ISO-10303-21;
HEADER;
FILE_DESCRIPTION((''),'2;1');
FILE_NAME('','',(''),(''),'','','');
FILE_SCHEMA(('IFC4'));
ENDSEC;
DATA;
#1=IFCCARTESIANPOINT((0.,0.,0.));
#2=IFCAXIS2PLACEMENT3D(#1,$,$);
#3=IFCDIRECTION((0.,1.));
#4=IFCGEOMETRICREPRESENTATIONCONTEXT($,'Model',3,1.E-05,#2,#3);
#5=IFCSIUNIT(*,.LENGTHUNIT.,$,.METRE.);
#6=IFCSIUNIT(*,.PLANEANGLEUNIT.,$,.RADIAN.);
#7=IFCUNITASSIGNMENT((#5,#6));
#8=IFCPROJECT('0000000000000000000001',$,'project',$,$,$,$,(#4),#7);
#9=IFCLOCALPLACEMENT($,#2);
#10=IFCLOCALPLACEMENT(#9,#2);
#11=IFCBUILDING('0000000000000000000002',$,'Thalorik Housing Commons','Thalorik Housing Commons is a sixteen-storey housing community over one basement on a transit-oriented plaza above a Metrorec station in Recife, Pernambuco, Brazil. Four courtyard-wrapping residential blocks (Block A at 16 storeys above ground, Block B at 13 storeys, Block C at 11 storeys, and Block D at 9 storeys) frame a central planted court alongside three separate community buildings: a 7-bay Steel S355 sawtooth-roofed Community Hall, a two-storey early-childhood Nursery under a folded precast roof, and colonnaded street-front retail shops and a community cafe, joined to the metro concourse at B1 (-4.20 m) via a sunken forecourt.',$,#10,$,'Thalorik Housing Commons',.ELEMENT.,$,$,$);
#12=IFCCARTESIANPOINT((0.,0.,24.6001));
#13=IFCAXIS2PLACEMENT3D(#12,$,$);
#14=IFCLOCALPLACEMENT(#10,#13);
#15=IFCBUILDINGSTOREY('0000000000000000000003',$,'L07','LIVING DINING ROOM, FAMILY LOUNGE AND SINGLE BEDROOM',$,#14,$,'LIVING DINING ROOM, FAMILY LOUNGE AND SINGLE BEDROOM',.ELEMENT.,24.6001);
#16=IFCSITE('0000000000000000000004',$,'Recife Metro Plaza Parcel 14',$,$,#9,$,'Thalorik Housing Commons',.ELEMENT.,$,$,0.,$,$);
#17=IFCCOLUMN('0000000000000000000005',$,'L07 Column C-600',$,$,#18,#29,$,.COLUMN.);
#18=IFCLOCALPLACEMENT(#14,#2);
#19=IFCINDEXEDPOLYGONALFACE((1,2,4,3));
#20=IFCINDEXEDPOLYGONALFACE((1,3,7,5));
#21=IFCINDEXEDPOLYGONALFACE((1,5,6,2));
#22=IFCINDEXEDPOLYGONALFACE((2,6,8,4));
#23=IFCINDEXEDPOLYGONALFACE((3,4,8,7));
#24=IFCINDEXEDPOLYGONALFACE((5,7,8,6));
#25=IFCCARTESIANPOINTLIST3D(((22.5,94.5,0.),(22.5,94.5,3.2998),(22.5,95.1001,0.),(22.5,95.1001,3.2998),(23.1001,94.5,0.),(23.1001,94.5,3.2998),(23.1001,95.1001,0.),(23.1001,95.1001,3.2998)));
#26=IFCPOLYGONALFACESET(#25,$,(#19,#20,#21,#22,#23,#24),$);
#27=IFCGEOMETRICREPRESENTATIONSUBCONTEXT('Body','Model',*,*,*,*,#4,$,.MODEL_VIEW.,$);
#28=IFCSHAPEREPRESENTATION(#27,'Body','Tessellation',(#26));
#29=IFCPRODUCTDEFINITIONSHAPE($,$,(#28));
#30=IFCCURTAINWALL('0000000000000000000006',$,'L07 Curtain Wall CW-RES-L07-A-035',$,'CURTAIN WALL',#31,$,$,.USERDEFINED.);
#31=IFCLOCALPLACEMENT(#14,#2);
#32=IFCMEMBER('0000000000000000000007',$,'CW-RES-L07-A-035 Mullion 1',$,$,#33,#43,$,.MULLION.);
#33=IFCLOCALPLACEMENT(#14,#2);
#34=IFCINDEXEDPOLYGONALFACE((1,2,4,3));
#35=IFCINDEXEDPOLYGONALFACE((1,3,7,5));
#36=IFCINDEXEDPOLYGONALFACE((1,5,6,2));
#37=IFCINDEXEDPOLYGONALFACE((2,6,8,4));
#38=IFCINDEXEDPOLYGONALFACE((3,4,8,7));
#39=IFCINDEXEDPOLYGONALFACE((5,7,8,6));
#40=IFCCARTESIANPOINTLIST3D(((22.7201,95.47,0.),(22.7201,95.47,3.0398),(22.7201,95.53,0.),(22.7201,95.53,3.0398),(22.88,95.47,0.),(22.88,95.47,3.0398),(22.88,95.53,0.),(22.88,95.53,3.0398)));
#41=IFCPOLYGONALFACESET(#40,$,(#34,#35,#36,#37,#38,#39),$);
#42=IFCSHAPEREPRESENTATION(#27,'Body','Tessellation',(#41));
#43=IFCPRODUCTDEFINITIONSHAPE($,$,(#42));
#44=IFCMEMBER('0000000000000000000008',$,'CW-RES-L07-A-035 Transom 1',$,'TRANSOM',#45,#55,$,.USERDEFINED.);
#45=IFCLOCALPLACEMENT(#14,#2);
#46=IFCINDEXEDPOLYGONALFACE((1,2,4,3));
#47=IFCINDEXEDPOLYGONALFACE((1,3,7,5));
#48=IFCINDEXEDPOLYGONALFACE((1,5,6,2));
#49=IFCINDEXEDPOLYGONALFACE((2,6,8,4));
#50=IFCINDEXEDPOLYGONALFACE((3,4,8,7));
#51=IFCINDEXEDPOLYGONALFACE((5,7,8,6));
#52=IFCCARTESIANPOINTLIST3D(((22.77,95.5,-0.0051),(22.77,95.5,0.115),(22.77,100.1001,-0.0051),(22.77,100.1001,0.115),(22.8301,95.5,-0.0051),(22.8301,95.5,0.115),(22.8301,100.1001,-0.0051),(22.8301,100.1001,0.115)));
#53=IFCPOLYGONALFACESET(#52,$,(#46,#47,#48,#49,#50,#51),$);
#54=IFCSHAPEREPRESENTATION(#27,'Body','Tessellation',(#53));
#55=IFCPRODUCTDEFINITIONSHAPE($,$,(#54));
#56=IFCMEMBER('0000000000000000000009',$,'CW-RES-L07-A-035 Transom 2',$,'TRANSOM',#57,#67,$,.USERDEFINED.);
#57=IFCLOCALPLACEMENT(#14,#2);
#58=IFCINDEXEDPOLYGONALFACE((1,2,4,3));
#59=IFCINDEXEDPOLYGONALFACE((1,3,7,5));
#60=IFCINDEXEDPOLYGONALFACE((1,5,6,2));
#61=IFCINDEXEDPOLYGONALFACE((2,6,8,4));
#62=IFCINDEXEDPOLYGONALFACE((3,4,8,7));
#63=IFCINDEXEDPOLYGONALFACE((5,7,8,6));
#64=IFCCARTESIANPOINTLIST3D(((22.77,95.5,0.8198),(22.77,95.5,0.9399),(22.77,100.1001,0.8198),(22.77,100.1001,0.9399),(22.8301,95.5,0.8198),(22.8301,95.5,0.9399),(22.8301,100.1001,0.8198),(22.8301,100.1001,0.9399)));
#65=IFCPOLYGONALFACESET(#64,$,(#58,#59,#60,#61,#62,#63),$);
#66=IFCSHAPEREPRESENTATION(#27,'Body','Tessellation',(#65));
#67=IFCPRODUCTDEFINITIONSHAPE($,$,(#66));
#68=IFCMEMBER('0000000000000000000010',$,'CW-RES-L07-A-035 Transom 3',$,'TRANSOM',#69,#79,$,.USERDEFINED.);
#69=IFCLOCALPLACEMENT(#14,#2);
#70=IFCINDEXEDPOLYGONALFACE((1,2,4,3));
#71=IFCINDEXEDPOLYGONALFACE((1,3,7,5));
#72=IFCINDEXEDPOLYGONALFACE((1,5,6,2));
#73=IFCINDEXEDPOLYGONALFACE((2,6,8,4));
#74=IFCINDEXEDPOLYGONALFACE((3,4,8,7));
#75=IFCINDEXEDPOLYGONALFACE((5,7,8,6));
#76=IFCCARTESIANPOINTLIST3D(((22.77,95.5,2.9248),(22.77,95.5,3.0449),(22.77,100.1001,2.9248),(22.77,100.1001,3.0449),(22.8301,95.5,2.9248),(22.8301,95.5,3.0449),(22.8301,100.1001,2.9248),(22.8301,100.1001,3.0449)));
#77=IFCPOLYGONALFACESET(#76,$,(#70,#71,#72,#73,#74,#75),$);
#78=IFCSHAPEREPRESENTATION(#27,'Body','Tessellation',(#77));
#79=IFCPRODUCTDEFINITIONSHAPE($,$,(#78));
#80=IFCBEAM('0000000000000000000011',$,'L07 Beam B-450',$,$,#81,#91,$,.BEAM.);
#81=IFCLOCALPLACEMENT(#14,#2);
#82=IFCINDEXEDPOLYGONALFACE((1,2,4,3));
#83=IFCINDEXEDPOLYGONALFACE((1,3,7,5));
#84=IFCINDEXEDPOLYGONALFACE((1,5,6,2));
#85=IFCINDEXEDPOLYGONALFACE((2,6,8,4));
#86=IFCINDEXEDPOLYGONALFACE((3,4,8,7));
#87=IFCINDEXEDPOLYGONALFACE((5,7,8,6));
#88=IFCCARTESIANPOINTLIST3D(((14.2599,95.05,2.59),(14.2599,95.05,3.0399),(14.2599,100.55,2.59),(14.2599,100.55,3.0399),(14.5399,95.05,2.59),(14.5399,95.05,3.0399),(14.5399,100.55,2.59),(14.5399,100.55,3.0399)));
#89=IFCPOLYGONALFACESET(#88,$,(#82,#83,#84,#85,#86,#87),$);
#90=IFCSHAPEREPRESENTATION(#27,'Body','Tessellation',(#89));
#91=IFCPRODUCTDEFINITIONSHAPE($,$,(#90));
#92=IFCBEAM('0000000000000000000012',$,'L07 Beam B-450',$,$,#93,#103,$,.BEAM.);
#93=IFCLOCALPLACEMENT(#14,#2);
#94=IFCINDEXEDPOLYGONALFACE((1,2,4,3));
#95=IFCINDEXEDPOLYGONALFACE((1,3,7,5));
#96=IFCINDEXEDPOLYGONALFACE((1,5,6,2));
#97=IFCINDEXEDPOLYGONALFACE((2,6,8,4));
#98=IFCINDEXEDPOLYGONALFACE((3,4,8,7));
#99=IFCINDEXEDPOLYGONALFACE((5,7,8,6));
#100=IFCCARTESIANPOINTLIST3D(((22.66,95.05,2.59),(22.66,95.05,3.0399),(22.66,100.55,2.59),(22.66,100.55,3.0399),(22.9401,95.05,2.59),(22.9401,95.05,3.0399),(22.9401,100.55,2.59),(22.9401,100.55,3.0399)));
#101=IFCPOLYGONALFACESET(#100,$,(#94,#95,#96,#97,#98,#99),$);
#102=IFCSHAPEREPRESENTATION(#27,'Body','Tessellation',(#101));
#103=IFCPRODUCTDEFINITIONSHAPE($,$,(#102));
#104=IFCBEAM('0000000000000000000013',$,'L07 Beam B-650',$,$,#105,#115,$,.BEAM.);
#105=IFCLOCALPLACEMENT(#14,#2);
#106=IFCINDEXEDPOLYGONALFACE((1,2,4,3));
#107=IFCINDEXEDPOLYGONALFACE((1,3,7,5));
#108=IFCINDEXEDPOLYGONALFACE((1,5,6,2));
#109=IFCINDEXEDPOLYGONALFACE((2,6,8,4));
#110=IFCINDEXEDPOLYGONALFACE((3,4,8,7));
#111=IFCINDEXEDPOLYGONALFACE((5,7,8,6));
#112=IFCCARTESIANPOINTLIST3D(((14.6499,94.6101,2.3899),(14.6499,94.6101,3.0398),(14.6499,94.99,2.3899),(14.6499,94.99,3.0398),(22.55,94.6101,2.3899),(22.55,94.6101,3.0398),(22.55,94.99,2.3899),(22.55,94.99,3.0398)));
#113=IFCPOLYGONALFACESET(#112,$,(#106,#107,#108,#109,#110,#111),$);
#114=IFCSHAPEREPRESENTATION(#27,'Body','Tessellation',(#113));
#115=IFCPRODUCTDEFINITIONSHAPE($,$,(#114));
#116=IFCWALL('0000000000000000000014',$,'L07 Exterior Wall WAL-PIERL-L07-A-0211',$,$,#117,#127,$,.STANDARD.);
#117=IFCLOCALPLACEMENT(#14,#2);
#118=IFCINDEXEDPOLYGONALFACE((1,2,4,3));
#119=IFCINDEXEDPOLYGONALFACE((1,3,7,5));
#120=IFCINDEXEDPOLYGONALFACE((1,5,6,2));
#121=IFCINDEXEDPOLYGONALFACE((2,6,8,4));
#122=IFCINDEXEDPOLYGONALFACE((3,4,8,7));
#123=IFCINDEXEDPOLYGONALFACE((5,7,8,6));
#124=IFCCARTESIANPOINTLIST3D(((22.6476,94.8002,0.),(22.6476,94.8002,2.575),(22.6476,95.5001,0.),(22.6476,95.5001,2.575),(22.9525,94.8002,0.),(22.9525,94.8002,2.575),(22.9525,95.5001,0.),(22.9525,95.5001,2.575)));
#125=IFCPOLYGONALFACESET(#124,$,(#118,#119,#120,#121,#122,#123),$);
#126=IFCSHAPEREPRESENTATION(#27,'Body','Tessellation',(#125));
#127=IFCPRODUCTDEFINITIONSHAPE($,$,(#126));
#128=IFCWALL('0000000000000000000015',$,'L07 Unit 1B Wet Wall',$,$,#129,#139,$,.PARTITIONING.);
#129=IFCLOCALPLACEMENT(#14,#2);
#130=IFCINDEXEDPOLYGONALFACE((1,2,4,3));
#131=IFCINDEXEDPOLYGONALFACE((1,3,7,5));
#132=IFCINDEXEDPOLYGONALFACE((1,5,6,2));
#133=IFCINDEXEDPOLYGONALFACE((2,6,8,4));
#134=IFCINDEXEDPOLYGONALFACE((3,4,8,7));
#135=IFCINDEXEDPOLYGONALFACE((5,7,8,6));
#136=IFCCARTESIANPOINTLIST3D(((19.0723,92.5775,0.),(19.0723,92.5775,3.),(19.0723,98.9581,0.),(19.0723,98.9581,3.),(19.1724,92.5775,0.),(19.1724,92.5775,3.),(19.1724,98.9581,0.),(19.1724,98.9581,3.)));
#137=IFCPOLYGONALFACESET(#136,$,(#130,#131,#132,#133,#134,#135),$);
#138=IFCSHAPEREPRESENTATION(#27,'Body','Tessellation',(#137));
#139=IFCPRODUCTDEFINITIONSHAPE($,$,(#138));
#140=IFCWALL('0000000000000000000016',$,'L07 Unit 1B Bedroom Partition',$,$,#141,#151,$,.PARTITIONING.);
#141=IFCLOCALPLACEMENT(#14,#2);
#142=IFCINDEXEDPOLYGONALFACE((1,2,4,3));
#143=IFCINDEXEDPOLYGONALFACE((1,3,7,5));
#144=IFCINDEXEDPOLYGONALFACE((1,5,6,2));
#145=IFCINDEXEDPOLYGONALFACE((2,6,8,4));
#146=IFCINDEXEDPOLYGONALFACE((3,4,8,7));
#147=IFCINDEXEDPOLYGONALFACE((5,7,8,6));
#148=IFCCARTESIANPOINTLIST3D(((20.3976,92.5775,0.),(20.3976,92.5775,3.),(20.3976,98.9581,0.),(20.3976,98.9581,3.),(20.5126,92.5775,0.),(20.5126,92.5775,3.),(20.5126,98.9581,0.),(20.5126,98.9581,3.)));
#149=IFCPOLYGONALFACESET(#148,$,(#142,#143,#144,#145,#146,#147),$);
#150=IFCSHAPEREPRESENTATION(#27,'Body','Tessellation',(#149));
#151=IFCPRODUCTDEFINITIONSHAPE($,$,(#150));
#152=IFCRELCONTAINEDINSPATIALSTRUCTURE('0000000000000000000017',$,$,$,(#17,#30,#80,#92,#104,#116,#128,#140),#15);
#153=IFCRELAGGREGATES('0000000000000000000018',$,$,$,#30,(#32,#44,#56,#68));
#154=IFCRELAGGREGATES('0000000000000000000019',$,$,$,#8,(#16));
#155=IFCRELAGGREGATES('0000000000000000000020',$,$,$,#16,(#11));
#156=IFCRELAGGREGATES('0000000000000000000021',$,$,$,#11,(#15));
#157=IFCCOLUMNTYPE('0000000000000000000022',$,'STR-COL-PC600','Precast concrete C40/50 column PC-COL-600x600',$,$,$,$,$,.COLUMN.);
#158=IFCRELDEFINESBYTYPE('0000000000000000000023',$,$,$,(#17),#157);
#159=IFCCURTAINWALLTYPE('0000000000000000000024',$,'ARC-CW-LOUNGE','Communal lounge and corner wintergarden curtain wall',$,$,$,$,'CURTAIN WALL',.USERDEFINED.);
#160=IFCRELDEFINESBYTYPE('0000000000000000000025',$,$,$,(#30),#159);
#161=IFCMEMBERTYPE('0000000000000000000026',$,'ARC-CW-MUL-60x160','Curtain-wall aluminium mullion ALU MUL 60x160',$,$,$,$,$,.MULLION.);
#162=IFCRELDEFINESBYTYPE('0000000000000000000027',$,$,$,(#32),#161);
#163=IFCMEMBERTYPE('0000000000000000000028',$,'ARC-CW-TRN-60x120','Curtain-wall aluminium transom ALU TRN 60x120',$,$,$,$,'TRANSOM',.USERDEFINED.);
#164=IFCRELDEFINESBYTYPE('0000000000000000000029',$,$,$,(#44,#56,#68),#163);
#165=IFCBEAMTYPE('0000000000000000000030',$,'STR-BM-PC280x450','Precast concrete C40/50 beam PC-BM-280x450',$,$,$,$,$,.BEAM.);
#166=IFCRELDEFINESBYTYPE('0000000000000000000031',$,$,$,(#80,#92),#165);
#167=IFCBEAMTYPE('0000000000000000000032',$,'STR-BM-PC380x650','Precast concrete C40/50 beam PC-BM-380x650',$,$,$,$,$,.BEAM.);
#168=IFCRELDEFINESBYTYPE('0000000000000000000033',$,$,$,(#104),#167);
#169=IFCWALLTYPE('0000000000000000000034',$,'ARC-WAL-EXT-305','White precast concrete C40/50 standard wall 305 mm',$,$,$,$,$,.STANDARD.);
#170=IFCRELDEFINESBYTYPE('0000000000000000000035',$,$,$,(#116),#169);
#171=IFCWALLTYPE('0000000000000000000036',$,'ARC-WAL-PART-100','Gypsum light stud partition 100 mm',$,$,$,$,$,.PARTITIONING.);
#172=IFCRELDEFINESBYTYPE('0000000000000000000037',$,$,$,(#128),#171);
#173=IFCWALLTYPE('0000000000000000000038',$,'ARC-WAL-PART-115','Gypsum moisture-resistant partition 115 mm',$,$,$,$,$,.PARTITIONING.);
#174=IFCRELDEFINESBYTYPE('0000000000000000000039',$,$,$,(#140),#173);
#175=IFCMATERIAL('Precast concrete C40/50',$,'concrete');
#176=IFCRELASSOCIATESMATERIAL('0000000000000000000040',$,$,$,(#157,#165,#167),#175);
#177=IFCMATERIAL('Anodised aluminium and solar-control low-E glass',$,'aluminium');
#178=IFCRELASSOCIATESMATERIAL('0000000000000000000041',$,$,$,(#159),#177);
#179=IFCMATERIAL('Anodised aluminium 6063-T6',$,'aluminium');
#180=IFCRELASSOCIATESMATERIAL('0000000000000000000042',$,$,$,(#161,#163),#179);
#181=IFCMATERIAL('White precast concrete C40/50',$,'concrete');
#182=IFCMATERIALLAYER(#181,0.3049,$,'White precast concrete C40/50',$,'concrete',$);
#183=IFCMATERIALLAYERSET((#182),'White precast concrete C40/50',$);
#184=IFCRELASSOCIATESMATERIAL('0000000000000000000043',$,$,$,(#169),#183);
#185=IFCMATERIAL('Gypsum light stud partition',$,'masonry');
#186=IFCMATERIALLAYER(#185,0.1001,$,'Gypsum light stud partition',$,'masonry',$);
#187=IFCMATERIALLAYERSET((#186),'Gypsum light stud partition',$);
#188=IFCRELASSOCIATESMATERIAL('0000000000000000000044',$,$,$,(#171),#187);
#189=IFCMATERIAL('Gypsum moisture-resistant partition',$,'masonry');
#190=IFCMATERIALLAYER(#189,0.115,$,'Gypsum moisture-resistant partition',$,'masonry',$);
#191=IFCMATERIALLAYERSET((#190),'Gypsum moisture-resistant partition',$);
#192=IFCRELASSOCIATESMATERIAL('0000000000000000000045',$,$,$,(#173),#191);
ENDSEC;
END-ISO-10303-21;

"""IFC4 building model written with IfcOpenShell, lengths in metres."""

from ifc_helpers import new_model, si_unit, direction, frame, frame_2d, origin, origin_2d, place, context, subcontext, project, spatial, rectangle, extrude, material, layer, layer_set, material_profile, profile_set, type_object, element, aggregate, save


model = new_model("IFC4")

# Units and contexts
model_context = context("Model", 3, precision=1e-05, world=origin(), true_north=direction((0.0, 1.0)))
body_context = subcontext(model_context, "Body", "Model", "MODEL_VIEW")
ifc_project = project(units=[si_unit("LENGTHUNIT", "METRE"), si_unit("PLANEANGLEUNIT", "RADIAN")], contexts=[model_context])

# Site, building, storey
site_placement = place(None, origin())
site = spatial("IfcSite", under=ifc_project, at=site_placement, Name="Recife Metro Plaza Parcel 14", LongName="Thalorik Housing Commons", CompositionType="ELEMENT", RefElevation=0.0)
building_placement = place(site_placement, origin())
building = spatial("IfcBuilding", under=site, at=building_placement, Name="Thalorik Housing Commons", Description="Thalorik Housing Commons is a sixteen-storey housing community over one basement on a transit-oriented plaza above a Metrorec station in Recife, Pernambuco, Brazil. Four courtyard-wrapping residential blocks (Block A at 16 storeys above ground, Block B at 13 storeys, Block C at 11 storeys, and Block D at 9 storeys) frame a central planted court alongside three separate community buildings: a 7-bay Steel S355 sawtooth-roofed Community Hall, a two-storey early-childhood Nursery under a folded precast roof, and colonnaded street-front retail shops and a community cafe, joined to the metro concourse at B1 (-4.20 m) via a sunken forecourt.", LongName="Thalorik Housing Commons", CompositionType="ELEMENT")
storey_placement = place(building_placement, frame((0.0, 0.0, 24.6001)))
storey = spatial("IfcBuildingStorey", under=building, at=storey_placement, Name="L07", Description="LIVING DINING ROOM, FAMILY LOUNGE AND SINGLE BEDROOM", LongName="LIVING DINING ROOM, FAMILY LOUNGE AND SINGLE BEDROOM", CompositionType="ELEMENT", Elevation=24.6001)

# Column
ifc_material_1 = material(Name="Precast concrete C40/50", Category="concrete")
ifc_material_profile_1 = material_profile(ifc_material_1, rectangle(XDim=0.6001, YDim=0.6001, at=origin_2d()), Name="PC 600x600", Category="concrete")
ifc_profile_set_1 = profile_set([ifc_material_profile_1], Name="Precast concrete C40/50")
column_type = type_object("IfcColumnType", Name="STR-COL-PC600", Description="Precast concrete C40/50 column PC-COL-600x600", PredefinedType="COLUMN", material=ifc_profile_set_1)
column_placement = place(storey_placement, frame((22.8, 94.8, 0.0), z_axis=(0.0, 0.0, 1.0), x_axis=(1.0, 0.0, 0.0)))
element("IfcColumn", 1, at=column_placement, inside=storey, type_object=column_type, Name="L07 Column C-600", PredefinedType="COLUMN", context=body_context, shape_type="SweptSolid", body=[
    extrude(rectangle(XDim=0.6001, YDim=0.6001, at=origin_2d()), origin(), (0.0, 0.0, 1.0), 3.2998),
])

# Curtain wall, members
ifc_material_2 = material(Name="Anodised aluminium and solar-control low-E glass", Category="aluminium")
curtain_wall_type = type_object("IfcCurtainWallType", Name="ARC-CW-LOUNGE", Description="Communal lounge and corner wintergarden curtain wall", ElementType="CURTAIN WALL", PredefinedType="USERDEFINED", material=ifc_material_2)
curtain_wall_placement = place(storey_placement, origin())
curtain_wall = element("IfcCurtainWall", 2, at=curtain_wall_placement, inside=storey, type_object=curtain_wall_type, Name="L07 Curtain Wall CW-RES-L07-A-035", ObjectType="CURTAIN WALL", PredefinedType="USERDEFINED")
ifc_material_3 = material(Name="Anodised aluminium 6063-T6", Category="aluminium")
ifc_material_profile_2 = material_profile(ifc_material_3, rectangle(XDim=0.0601, YDim=0.1599, at=origin_2d()), Name="ALU MUL 60x160", Category="aluminium")
ifc_profile_set_2 = profile_set([ifc_material_profile_2], Name="Anodised aluminium 6063-T6")
member_type_1 = type_object("IfcMemberType", Name="ARC-CW-MUL-60x160", Description="Curtain-wall aluminium mullion ALU MUL 60x160", PredefinedType="MULLION", material=ifc_profile_set_2)
member_1_placement = place(storey_placement, frame((22.8, 95.5, 0.0), z_axis=(0.0, 0.0, 1.0), x_axis=(0.0, 1.0, 0.0)))
member_1 = element("IfcMember", 3, at=member_1_placement, type_object=member_type_1, Name="CW-RES-L07-A-035 Mullion 1", PredefinedType="MULLION", context=body_context, shape_type="SweptSolid", body=[
    extrude(rectangle(XDim=0.0601, YDim=0.1599, at=origin_2d()), origin(), (0.0, 0.0, 1.0), 3.0398),
])
ifc_material_profile_3 = material_profile(ifc_material_3, rectangle(XDim=0.0601, YDim=0.1201, at=origin_2d()), Name="ALU TRN 60x120", Category="aluminium")
ifc_profile_set_3 = profile_set([ifc_material_profile_3], Name="Anodised aluminium 6063-T6")
member_type_2 = type_object("IfcMemberType", Name="ARC-CW-TRN-60x120", Description="Curtain-wall aluminium transom ALU TRN 60x120", ElementType="TRANSOM", PredefinedType="USERDEFINED", material=ifc_profile_set_3)
member_2_placement = place(storey_placement, frame((22.8, 95.5, 0.0549), z_axis=(0.0, 1.0, 0.0), x_axis=(-1.0, 0.0, 0.0)))
member_2 = element("IfcMember", 4, at=member_2_placement, type_object=member_type_2, Name="CW-RES-L07-A-035 Transom 1", ObjectType="TRANSOM", PredefinedType="USERDEFINED", context=body_context, shape_type="SweptSolid", body=[
    extrude(rectangle(XDim=0.0601, YDim=0.1201, at=origin_2d()), origin(), (0.0, 0.0, 1.0), 4.6001),
])
member_3_placement = place(storey_placement, frame((22.8, 95.5, 0.8799), z_axis=(0.0, 1.0, 0.0), x_axis=(-1.0, 0.0, 0.0)))
member_3 = element("IfcMember", 5, at=member_3_placement, type_object=member_type_2, Name="CW-RES-L07-A-035 Transom 2", ObjectType="TRANSOM", PredefinedType="USERDEFINED", context=body_context, shape_type="SweptSolid", body=[
    extrude(rectangle(XDim=0.0601, YDim=0.1201, at=origin_2d()), origin(), (0.0, 0.0, 1.0), 4.6001),
])
member_4_placement = place(storey_placement, frame((22.8, 95.5, 2.9849), z_axis=(0.0, 1.0, 0.0), x_axis=(-1.0, 0.0, 0.0)))
member_4 = element("IfcMember", 6, at=member_4_placement, type_object=member_type_2, Name="CW-RES-L07-A-035 Transom 3", ObjectType="TRANSOM", PredefinedType="USERDEFINED", context=body_context, shape_type="SweptSolid", body=[
    extrude(rectangle(XDim=0.0601, YDim=0.1201, at=origin_2d()), origin(), (0.0, 0.0, 1.0), 4.6001),
])
aggregate(curtain_wall, [member_1, member_2, member_3, member_4])

# Beams
ifc_material_profile_4 = material_profile(ifc_material_1, rectangle(XDim=0.28, YDim=0.45, at=origin_2d()), Name="PC 280x450", Category="concrete")
ifc_profile_set_4 = profile_set([ifc_material_profile_4], Name="Precast concrete C40/50")
beam_type_1 = type_object("IfcBeamType", Name="STR-BM-PC280x450", Description="Precast concrete C40/50 beam PC-BM-280x450", PredefinedType="BEAM", material=ifc_profile_set_4)
for number, where, z_axis, x_axis, name in (
    (7, (14.3999, 95.05, 2.8149), (0.0, 1.0, 0.0), (-1.0, 0.0, 0.0), "L07 Beam B-450"),
    (8, (22.8, 95.05, 2.8149), (0.0, 1.0, 0.0), (-1.0, 0.0, 0.0), "L07 Beam B-450"),
):
    element("IfcBeam", number, at=place(storey_placement, frame(where, z_axis=z_axis, x_axis=x_axis)), inside=storey, type_object=beam_type_1, Name=name, PredefinedType="BEAM", context=body_context, shape_type="SweptSolid", body=[
        extrude(rectangle(XDim=0.28, YDim=0.45, at=origin_2d()), origin(), (0.0, 0.0, 1.0), 5.5),
    ])
ifc_material_profile_5 = material_profile(ifc_material_1, rectangle(XDim=0.3799, YDim=0.6499, at=origin_2d()), Name="PC 380x650", Category="concrete")
ifc_profile_set_5 = profile_set([ifc_material_profile_5], Name="Precast concrete C40/50")
beam_type_2 = type_object("IfcBeamType", Name="STR-BM-PC380x650", Description="Precast concrete C40/50 beam PC-BM-380x650", PredefinedType="BEAM", material=ifc_profile_set_5)
beam_placement = place(storey_placement, frame((14.6499, 94.8, 2.7148), z_axis=(1.0, 0.0, 0.0), x_axis=(0.0, 1.0, 0.0)))
element("IfcBeam", 9, at=beam_placement, inside=storey, type_object=beam_type_2, Name="L07 Beam B-650", PredefinedType="BEAM", context=body_context, shape_type="SweptSolid", body=[
    extrude(rectangle(XDim=0.3799, YDim=0.6499, at=origin_2d()), origin(), (0.0, 0.0, 1.0), 7.9001),
])

# Walls
ifc_material_4 = material(Name="White precast concrete C40/50", Category="concrete")
ifc_layer_1 = layer(ifc_material_4, 0.3049, Name="White precast concrete C40/50", Category="concrete")
ifc_layer_set_1 = layer_set([ifc_layer_1], Name="White precast concrete C40/50")
wall_type_1 = type_object("IfcWallType", Name="ARC-WAL-EXT-305", Description="White precast concrete C40/50 standard wall 305 mm", PredefinedType="STANDARD", material=ifc_layer_set_1)
wall_1_placement = place(storey_placement, frame((22.8, 94.8, 0.0), z_axis=(0.0, 0.0, 1.0), x_axis=(0.0, 1.0, 0.0)))
element("IfcWall", 10, at=wall_1_placement, inside=storey, type_object=wall_type_1, Name="L07 Exterior Wall WAL-PIERL-L07-A-0211", PredefinedType="STANDARD", context=body_context, shape_type="SweptSolid", body=[
    extrude(rectangle(XDim=0.7, YDim=0.3049, at=frame_2d((0.3501, 0.0))), origin(), (0.0, 0.0, 1.0), 2.575),
])
ifc_material_5 = material(Name="Gypsum light stud partition", Category="masonry")
ifc_layer_2 = layer(ifc_material_5, 0.1001, Name="Gypsum light stud partition", Category="masonry")
ifc_layer_set_2 = layer_set([ifc_layer_2], Name="Gypsum light stud partition")
wall_type_2 = type_object("IfcWallType", Name="ARC-WAL-PART-100", Description="Gypsum light stud partition 100 mm", PredefinedType="PARTITIONING", material=ifc_layer_set_2)
wall_2_placement = place(storey_placement, frame((19.1223, 92.5774, 0.0), z_axis=(0.0, 0.0, 1.0), x_axis=(0.0, 1.0, 0.0)))
element("IfcWall", 11, at=wall_2_placement, inside=storey, type_object=wall_type_2, Name="L07 Unit 1B Wet Wall", PredefinedType="PARTITIONING", context=body_context, shape_type="SweptSolid", body=[
    extrude(rectangle(XDim=6.3806, YDim=0.1001, at=frame_2d((3.1904, 0.0))), origin(), (0.0, 0.0, 1.0), 3.0),
])
ifc_material_6 = material(Name="Gypsum moisture-resistant partition", Category="masonry")
ifc_layer_3 = layer(ifc_material_6, 0.115, Name="Gypsum moisture-resistant partition", Category="masonry")
ifc_layer_set_3 = layer_set([ifc_layer_3], Name="Gypsum moisture-resistant partition")
wall_type_3 = type_object("IfcWallType", Name="ARC-WAL-PART-115", Description="Gypsum moisture-resistant partition 115 mm", PredefinedType="PARTITIONING", material=ifc_layer_set_3)
wall_3_placement = place(storey_placement, frame((20.4551, 92.5774, 0.0), z_axis=(0.0, 0.0, 1.0), x_axis=(0.0, 1.0, 0.0)))
element("IfcWall", 12, at=wall_3_placement, inside=storey, type_object=wall_type_3, Name="L07 Unit 1B Bedroom Partition", PredefinedType="PARTITIONING", context=body_context, shape_type="SweptSolid", body=[
    extrude(rectangle(XDim=6.3806, YDim=0.115, at=frame_2d((3.1904, 0.0))), origin(), (0.0, 0.0, 1.0), 3.0),
])

save(model, "model.ifc")
